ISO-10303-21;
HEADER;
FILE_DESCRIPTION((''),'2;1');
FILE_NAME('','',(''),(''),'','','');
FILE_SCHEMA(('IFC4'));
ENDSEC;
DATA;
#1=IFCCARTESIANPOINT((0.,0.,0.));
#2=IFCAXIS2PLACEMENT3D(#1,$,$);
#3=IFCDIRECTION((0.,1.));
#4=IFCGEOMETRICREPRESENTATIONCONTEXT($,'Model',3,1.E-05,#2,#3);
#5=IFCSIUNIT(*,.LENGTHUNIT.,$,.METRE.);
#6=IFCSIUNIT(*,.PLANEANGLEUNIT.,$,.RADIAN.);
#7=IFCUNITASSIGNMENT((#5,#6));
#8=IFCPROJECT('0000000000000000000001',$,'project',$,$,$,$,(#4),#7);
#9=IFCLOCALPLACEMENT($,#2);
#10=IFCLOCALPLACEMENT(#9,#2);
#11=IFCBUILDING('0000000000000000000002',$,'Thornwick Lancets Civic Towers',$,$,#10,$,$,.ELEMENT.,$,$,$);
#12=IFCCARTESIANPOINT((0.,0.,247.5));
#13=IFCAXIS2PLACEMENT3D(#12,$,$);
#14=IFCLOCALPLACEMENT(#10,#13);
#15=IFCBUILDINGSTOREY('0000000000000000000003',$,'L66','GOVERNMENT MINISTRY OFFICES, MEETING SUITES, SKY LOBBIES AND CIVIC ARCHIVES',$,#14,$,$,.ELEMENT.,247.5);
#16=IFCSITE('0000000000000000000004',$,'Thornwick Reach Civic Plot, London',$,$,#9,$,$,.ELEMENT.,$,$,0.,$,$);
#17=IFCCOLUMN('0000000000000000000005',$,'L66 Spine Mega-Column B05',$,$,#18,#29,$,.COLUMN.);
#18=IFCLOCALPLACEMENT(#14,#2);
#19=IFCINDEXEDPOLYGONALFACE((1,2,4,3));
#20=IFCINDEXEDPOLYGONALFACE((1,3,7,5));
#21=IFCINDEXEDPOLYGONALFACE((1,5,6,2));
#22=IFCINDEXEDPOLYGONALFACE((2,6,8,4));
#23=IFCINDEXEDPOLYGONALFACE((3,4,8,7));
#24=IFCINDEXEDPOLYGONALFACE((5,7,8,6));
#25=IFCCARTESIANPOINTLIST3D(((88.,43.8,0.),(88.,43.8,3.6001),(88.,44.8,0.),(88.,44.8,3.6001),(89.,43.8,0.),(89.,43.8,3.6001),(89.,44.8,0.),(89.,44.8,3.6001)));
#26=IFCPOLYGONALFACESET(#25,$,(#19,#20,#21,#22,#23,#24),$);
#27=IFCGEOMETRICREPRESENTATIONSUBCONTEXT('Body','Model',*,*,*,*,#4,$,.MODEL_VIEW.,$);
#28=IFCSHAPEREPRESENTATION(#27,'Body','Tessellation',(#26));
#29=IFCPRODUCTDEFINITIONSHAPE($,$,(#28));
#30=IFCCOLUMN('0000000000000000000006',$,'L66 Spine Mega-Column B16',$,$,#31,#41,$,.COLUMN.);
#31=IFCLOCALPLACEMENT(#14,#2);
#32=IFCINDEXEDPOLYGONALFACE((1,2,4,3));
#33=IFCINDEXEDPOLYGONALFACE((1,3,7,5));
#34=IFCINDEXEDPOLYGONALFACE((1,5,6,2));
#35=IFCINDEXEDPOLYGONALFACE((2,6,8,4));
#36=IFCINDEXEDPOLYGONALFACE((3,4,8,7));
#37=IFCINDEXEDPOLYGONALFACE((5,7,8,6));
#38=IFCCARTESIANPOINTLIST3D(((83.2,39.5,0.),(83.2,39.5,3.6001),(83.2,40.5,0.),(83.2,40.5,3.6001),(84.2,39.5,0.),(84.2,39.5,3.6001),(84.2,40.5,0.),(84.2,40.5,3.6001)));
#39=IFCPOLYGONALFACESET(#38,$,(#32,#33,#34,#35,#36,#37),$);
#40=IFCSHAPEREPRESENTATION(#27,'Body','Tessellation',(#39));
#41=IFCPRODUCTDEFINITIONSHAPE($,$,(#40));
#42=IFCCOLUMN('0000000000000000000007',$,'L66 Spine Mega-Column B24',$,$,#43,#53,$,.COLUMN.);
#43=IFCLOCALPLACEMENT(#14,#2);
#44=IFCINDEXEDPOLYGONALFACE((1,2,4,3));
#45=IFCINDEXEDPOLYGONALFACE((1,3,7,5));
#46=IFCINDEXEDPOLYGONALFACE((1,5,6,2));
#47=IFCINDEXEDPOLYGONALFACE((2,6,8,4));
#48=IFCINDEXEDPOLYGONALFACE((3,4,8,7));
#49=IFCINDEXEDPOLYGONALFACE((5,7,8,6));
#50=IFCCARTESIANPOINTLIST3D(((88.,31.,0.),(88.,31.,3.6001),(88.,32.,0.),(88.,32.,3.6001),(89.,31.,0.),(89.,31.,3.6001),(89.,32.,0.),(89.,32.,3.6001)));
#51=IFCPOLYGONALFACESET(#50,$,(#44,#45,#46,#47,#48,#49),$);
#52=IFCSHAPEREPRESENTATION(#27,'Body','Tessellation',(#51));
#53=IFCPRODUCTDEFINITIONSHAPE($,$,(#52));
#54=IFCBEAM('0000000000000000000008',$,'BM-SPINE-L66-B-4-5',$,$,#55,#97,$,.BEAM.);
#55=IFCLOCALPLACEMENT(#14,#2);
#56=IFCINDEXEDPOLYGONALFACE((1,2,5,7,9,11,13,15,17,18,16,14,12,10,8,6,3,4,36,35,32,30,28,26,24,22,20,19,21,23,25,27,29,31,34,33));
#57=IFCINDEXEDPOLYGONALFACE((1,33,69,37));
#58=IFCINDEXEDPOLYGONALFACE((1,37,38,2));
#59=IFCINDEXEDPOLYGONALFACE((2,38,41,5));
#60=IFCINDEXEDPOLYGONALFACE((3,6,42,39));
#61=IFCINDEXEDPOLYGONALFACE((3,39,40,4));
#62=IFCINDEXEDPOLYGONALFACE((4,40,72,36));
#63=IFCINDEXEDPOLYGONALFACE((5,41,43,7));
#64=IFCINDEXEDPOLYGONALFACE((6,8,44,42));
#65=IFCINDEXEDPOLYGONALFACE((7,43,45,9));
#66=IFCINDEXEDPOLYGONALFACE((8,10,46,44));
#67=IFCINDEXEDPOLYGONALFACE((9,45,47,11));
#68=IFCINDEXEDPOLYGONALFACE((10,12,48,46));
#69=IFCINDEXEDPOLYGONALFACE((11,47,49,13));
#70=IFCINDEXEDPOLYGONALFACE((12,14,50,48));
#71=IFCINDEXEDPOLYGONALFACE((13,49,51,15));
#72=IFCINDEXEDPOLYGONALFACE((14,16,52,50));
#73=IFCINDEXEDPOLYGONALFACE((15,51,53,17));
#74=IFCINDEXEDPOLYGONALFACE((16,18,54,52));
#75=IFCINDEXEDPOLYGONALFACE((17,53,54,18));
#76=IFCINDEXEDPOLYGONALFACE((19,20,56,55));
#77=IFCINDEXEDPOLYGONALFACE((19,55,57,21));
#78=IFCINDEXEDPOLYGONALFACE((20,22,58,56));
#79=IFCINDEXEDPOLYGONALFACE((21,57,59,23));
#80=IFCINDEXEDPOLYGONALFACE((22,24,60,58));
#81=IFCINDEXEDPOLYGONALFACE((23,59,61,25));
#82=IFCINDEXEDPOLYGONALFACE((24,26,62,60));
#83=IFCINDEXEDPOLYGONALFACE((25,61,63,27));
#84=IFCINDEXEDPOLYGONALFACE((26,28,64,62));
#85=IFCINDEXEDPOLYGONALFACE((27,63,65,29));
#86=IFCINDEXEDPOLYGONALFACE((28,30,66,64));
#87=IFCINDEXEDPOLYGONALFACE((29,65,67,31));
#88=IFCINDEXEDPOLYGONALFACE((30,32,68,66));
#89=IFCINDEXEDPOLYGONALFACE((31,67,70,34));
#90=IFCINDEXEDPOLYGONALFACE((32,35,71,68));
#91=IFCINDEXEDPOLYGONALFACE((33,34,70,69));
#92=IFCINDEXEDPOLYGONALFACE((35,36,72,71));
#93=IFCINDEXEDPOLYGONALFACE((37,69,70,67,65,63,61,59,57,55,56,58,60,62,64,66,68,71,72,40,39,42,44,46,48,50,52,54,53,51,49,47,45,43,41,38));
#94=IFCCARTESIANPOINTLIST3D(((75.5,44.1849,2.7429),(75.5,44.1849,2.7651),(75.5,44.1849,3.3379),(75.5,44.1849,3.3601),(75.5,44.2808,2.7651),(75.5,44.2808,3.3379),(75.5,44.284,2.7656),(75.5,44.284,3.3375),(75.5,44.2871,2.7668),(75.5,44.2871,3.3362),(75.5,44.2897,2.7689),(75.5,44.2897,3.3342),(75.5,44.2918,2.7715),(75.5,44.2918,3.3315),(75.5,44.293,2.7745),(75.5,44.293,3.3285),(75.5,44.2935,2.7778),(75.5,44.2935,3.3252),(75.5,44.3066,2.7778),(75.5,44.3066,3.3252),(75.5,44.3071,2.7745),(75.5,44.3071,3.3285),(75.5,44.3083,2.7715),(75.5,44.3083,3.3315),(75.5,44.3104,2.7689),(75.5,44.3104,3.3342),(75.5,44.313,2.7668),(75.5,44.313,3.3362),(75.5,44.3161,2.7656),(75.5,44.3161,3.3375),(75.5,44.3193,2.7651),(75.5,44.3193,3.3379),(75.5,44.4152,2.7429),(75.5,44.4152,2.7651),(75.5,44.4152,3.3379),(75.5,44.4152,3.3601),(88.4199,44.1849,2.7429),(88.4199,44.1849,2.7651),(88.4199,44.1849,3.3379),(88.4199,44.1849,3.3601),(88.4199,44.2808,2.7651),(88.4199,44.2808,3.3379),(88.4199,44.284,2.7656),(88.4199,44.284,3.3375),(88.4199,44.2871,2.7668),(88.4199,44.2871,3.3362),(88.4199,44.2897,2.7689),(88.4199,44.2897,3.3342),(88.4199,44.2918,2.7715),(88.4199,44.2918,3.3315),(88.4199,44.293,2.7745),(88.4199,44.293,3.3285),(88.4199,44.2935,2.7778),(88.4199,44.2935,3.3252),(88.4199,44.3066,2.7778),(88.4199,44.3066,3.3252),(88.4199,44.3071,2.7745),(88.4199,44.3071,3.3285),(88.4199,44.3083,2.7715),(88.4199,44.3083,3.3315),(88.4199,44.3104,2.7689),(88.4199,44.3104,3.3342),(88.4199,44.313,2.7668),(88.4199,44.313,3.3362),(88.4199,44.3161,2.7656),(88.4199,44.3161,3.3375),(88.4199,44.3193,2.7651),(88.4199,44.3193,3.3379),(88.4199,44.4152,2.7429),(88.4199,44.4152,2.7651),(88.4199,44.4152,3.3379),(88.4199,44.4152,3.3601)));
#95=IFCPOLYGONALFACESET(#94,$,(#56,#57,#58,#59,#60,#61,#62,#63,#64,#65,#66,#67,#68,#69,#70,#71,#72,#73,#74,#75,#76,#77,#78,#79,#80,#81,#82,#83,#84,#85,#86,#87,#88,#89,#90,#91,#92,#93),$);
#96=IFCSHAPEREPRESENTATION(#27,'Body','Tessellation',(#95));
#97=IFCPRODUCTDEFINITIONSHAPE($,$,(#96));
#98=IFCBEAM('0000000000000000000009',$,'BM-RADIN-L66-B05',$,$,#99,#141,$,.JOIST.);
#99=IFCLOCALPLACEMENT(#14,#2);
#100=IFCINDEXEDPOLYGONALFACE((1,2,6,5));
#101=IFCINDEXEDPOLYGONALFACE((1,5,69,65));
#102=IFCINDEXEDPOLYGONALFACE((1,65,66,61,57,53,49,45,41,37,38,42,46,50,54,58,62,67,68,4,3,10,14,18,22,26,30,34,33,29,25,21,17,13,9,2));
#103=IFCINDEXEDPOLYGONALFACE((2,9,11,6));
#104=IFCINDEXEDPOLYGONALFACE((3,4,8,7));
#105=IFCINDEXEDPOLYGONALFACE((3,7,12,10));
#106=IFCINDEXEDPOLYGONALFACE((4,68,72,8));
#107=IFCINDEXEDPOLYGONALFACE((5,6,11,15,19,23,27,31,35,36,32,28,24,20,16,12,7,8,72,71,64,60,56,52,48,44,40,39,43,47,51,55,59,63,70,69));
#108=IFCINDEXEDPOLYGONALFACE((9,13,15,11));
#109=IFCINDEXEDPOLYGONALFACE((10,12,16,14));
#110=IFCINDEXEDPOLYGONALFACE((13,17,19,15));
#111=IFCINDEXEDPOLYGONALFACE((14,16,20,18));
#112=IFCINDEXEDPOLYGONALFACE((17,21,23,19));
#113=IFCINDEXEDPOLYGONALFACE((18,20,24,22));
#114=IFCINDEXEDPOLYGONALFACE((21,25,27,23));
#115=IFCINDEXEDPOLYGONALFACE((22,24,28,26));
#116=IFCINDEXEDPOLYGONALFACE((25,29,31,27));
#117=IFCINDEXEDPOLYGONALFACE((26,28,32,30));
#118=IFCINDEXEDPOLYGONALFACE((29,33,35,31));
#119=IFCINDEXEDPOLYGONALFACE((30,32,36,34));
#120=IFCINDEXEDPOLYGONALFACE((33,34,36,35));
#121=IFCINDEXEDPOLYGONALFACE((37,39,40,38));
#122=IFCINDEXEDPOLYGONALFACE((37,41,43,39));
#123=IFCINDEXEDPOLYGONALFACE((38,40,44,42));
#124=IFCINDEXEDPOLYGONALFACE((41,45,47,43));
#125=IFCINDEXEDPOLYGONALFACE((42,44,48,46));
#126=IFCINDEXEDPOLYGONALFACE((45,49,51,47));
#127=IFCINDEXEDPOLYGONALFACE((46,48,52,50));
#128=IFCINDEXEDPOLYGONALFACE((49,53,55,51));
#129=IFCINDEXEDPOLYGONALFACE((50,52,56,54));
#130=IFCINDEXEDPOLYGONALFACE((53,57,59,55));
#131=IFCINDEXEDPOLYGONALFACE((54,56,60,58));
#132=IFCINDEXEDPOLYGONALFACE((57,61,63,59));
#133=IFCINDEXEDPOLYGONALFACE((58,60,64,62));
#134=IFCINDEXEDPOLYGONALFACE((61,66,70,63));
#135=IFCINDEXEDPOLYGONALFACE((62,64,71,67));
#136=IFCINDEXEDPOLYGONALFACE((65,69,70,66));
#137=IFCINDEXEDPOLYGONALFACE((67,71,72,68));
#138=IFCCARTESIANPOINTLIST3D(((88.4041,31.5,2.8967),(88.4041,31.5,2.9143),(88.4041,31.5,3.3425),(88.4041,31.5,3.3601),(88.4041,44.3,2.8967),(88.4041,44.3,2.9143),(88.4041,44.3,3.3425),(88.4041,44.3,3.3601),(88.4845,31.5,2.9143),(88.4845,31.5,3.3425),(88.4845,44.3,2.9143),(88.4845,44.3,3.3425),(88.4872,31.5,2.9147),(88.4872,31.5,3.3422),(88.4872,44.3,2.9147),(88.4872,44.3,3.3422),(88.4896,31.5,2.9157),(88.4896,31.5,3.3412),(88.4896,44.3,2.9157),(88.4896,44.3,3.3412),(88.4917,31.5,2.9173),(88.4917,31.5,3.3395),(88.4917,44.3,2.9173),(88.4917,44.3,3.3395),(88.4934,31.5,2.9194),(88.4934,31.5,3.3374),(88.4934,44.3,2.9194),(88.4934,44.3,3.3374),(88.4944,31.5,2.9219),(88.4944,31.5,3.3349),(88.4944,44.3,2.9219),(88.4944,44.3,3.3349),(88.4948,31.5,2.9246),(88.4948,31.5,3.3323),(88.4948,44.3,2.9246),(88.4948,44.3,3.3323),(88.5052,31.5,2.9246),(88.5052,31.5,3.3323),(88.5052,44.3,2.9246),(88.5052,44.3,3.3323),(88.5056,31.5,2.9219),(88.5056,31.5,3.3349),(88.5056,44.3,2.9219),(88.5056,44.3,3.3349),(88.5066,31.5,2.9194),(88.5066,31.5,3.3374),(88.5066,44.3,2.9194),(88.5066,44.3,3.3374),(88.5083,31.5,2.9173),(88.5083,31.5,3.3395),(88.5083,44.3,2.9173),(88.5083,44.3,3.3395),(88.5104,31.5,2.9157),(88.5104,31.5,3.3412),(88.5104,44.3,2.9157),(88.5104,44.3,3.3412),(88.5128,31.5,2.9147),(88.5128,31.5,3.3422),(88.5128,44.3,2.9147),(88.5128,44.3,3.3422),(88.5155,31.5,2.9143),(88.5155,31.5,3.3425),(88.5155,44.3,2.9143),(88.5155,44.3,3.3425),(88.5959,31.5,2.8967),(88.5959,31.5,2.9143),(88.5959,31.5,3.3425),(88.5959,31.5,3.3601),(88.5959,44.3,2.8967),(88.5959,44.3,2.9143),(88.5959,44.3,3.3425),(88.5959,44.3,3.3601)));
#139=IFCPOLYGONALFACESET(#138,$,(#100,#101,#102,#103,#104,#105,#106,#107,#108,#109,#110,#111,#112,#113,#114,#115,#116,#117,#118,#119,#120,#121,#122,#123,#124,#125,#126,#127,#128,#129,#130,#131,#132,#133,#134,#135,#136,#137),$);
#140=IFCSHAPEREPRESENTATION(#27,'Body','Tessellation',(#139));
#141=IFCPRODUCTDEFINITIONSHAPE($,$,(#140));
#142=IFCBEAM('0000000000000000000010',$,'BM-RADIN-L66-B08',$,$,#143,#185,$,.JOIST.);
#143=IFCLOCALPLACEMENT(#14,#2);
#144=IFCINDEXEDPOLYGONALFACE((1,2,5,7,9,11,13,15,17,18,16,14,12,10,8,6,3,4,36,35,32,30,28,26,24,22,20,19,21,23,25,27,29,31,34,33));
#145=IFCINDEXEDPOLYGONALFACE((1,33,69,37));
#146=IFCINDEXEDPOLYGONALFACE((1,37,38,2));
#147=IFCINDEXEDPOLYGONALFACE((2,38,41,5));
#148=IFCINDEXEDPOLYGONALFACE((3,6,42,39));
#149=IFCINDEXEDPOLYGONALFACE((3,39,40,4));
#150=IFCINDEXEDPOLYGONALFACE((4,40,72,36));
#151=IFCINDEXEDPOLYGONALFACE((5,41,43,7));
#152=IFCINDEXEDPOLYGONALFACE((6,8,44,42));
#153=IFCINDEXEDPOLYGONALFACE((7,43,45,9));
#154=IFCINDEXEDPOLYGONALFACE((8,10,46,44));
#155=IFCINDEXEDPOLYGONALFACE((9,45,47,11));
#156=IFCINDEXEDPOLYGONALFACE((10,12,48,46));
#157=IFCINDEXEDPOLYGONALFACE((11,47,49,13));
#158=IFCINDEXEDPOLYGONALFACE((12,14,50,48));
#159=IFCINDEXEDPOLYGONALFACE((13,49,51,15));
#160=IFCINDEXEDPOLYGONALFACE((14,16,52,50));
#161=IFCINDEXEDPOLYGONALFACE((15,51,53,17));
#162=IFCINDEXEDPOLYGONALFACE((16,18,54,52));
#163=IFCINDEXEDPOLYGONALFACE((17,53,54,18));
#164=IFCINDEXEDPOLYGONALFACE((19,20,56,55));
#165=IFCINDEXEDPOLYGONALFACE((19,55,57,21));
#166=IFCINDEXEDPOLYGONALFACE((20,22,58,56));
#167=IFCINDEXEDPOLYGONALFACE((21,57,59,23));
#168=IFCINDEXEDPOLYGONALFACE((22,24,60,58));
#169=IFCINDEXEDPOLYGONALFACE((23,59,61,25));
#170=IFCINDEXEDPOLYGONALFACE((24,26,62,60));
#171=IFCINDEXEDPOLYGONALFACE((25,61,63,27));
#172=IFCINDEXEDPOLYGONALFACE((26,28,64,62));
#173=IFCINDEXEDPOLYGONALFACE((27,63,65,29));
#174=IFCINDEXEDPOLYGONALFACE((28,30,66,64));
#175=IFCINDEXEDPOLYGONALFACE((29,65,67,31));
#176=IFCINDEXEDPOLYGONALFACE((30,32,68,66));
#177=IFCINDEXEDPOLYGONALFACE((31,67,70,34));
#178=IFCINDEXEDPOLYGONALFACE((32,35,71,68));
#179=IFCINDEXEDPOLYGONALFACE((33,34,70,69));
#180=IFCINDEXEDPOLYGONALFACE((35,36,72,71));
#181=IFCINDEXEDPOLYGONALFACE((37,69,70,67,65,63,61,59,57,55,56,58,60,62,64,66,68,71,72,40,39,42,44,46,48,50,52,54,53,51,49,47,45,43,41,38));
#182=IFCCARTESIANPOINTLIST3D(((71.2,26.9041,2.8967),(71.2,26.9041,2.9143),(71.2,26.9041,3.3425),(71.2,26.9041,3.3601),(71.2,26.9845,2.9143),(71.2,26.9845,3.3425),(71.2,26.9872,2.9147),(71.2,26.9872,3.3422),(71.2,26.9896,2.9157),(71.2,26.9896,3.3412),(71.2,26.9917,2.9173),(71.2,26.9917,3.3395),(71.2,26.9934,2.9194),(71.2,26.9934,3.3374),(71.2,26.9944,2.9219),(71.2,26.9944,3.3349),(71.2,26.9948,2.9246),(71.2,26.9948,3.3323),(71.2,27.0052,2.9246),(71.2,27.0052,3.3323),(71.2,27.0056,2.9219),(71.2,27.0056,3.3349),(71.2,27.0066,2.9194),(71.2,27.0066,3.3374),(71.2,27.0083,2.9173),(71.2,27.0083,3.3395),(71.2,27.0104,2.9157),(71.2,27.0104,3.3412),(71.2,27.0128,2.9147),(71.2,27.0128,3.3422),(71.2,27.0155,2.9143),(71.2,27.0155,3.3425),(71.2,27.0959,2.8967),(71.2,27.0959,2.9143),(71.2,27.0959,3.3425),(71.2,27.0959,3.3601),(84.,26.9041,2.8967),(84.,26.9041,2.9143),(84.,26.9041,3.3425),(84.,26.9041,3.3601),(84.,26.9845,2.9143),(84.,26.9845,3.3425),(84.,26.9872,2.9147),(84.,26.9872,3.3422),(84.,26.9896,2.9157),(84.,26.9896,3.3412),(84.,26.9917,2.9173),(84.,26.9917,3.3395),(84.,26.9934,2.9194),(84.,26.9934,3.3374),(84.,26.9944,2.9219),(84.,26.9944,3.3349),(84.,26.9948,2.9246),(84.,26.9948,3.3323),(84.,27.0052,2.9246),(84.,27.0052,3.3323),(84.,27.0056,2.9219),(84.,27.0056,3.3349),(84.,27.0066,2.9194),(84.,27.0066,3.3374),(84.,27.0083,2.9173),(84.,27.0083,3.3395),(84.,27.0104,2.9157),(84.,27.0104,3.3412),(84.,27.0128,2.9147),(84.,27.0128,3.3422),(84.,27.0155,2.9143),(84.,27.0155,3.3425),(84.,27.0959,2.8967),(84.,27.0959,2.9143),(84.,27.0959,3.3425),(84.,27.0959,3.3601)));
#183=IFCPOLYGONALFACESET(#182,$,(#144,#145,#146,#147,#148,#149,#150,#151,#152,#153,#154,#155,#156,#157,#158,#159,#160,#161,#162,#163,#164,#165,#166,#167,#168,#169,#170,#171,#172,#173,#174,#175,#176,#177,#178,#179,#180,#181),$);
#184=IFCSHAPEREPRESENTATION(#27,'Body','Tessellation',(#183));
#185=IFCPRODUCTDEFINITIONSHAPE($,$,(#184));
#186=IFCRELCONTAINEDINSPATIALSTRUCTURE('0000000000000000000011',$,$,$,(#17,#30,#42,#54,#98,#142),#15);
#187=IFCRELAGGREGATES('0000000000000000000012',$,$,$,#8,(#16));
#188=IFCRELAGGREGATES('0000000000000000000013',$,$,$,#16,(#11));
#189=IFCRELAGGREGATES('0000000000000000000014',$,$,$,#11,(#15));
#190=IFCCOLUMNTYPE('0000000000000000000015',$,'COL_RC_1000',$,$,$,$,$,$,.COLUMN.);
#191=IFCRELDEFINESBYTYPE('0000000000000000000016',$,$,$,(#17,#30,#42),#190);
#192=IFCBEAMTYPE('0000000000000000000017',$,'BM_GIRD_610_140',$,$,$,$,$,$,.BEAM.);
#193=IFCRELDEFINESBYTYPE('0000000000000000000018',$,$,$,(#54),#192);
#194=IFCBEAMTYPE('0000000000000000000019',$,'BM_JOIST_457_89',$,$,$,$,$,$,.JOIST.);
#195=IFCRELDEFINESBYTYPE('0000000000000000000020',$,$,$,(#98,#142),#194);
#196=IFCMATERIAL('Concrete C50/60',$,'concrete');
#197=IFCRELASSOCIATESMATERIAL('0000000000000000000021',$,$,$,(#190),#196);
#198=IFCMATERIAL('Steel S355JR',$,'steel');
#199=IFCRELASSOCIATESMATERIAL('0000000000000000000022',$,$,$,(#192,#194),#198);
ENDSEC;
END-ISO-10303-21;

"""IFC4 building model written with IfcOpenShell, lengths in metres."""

from ifc_helpers import new_model, si_unit, direction, frame, origin, origin_2d, place, context, subcontext, project, spatial, rectangle, i_section, extrude, material, material_profile, profile_set, type_object, element, save


model = new_model("IFC4")

# Units and contexts
model_context = context("Model", 3, precision=1e-05, world=origin(), true_north=direction((0.0, 1.0)))
body_context = subcontext(model_context, "Body", "Model", "MODEL_VIEW")
ifc_project = project(units=[si_unit("LENGTHUNIT", "METRE"), si_unit("PLANEANGLEUNIT", "RADIAN")], contexts=[model_context])

# Site, building, storey
site_placement = place(None, origin())
site = spatial("IfcSite", under=ifc_project, at=site_placement, Name="Thornwick Reach Civic Plot, London", CompositionType="ELEMENT", RefElevation=0.0)
building_placement = place(site_placement, origin())
building = spatial("IfcBuilding", under=site, at=building_placement, Name="Thornwick Lancets Civic Towers", CompositionType="ELEMENT")
storey_placement = place(building_placement, frame((0.0, 0.0, 247.5)))
storey = spatial("IfcBuildingStorey", under=building, at=storey_placement, Name="L66", Description="GOVERNMENT MINISTRY OFFICES, MEETING SUITES, SKY LOBBIES AND CIVIC ARCHIVES", CompositionType="ELEMENT", Elevation=247.5)

# Columns
ifc_material_1 = material(Name="Concrete C50/60", Category="concrete")
ifc_material_profile_1 = material_profile(ifc_material_1, rectangle(XDim=1.0, YDim=1.0, at=origin_2d()), Name="RC 1000x1000")
ifc_profile_set_1 = profile_set([ifc_material_profile_1], Name="Concrete C50/60")
column_type = type_object("IfcColumnType", Name="COL_RC_1000", PredefinedType="COLUMN", material=ifc_profile_set_1)
for number, where, z_axis, x_axis, name in (
    (1, (88.5, 44.3, 0.0), (0.0, 0.0, 1.0), (1.0, 0.0, 0.0), "L66 Spine Mega-Column B05"),
    (2, (83.7, 40.0, 0.0), (0.0, 0.0, 1.0), (1.0, 0.0, 0.0), "L66 Spine Mega-Column B16"),
    (3, (88.5, 31.5, 0.0), (0.0, 0.0, 1.0), (1.0, 0.0, 0.0), "L66 Spine Mega-Column B24"),
):
    element("IfcColumn", number, at=place(storey_placement, frame(where, z_axis=z_axis, x_axis=x_axis)), inside=storey, type_object=column_type, Name=name, PredefinedType="COLUMN", context=body_context, shape_type="SweptSolid", body=[
        extrude(rectangle(XDim=1.0, YDim=1.0, at=origin_2d()), origin(), (0.0, 0.0, 1.0), 3.6001),
    ])

# Beams
ifc_material_2 = material(Name="Steel S355JR", Category="steel")
ifc_material_profile_2 = material_profile(ifc_material_2, i_section(OverallWidth=0.2302, OverallDepth=0.6172, WebThickness=0.0132, FlangeThickness=0.0222, FilletRadius=0.0127, at=origin_2d()), Name="UKB 610x229x140")
ifc_profile_set_2 = profile_set([ifc_material_profile_2], Name="Steel S355JR")
beam_type_1 = type_object("IfcBeamType", Name="BM_GIRD_610_140", PredefinedType="BEAM", material=ifc_profile_set_2)
beam_1_placement = place(storey_placement, frame((88.4199, 44.3, 3.0515), z_axis=(-1.0, 0.0, 0.0), x_axis=(0.0, -1.0, 0.0)))
element("IfcBeam", 4, at=beam_1_placement, inside=storey, type_object=beam_type_1, Name="BM-SPINE-L66-B-4-5", PredefinedType="BEAM", context=body_context, shape_type="SweptSolid", body=[
    extrude(i_section(OverallWidth=0.2302, OverallDepth=0.6172, WebThickness=0.0132, FlangeThickness=0.0222, FilletRadius=0.0127, at=origin_2d()), origin(), (0.0, 0.0, 1.0), 12.9199),
])
ifc_material_profile_3 = material_profile(ifc_material_2, i_section(OverallWidth=0.1919, OverallDepth=0.4634, WebThickness=0.0105, FlangeThickness=0.0176, FilletRadius=0.0103, at=origin_2d()), Name="UKB 457x191x89")
ifc_profile_set_3 = profile_set([ifc_material_profile_3], Name="Steel S355JR")
beam_type_2 = type_object("IfcBeamType", Name="BM_JOIST_457_89", PredefinedType="JOIST", material=ifc_profile_set_3)
for number, where, z_axis, x_axis, name in (
    (5, (88.5, 31.5, 3.1284), (0.0, 1.0, 0.0), (-1.0, 0.0, 0.0), "BM-RADIN-L66-B05"),
    (6, (84.0, 27.0, 3.1284), (-1.0, 0.0, 0.0), (0.0, -1.0, 0.0), "BM-RADIN-L66-B08"),
):
    element("IfcBeam", number, at=place(storey_placement, frame(where, z_axis=z_axis, x_axis=x_axis)), inside=storey, type_object=beam_type_2, Name=name, PredefinedType="JOIST", context=body_context, shape_type="SweptSolid", body=[
        extrude(i_section(OverallWidth=0.1919, OverallDepth=0.4634, WebThickness=0.0105, FlangeThickness=0.0176, FilletRadius=0.0103, at=origin_2d()), origin(), (0.0, 0.0, 1.0), 12.8),
    ])

save(model, "model.ifc")
